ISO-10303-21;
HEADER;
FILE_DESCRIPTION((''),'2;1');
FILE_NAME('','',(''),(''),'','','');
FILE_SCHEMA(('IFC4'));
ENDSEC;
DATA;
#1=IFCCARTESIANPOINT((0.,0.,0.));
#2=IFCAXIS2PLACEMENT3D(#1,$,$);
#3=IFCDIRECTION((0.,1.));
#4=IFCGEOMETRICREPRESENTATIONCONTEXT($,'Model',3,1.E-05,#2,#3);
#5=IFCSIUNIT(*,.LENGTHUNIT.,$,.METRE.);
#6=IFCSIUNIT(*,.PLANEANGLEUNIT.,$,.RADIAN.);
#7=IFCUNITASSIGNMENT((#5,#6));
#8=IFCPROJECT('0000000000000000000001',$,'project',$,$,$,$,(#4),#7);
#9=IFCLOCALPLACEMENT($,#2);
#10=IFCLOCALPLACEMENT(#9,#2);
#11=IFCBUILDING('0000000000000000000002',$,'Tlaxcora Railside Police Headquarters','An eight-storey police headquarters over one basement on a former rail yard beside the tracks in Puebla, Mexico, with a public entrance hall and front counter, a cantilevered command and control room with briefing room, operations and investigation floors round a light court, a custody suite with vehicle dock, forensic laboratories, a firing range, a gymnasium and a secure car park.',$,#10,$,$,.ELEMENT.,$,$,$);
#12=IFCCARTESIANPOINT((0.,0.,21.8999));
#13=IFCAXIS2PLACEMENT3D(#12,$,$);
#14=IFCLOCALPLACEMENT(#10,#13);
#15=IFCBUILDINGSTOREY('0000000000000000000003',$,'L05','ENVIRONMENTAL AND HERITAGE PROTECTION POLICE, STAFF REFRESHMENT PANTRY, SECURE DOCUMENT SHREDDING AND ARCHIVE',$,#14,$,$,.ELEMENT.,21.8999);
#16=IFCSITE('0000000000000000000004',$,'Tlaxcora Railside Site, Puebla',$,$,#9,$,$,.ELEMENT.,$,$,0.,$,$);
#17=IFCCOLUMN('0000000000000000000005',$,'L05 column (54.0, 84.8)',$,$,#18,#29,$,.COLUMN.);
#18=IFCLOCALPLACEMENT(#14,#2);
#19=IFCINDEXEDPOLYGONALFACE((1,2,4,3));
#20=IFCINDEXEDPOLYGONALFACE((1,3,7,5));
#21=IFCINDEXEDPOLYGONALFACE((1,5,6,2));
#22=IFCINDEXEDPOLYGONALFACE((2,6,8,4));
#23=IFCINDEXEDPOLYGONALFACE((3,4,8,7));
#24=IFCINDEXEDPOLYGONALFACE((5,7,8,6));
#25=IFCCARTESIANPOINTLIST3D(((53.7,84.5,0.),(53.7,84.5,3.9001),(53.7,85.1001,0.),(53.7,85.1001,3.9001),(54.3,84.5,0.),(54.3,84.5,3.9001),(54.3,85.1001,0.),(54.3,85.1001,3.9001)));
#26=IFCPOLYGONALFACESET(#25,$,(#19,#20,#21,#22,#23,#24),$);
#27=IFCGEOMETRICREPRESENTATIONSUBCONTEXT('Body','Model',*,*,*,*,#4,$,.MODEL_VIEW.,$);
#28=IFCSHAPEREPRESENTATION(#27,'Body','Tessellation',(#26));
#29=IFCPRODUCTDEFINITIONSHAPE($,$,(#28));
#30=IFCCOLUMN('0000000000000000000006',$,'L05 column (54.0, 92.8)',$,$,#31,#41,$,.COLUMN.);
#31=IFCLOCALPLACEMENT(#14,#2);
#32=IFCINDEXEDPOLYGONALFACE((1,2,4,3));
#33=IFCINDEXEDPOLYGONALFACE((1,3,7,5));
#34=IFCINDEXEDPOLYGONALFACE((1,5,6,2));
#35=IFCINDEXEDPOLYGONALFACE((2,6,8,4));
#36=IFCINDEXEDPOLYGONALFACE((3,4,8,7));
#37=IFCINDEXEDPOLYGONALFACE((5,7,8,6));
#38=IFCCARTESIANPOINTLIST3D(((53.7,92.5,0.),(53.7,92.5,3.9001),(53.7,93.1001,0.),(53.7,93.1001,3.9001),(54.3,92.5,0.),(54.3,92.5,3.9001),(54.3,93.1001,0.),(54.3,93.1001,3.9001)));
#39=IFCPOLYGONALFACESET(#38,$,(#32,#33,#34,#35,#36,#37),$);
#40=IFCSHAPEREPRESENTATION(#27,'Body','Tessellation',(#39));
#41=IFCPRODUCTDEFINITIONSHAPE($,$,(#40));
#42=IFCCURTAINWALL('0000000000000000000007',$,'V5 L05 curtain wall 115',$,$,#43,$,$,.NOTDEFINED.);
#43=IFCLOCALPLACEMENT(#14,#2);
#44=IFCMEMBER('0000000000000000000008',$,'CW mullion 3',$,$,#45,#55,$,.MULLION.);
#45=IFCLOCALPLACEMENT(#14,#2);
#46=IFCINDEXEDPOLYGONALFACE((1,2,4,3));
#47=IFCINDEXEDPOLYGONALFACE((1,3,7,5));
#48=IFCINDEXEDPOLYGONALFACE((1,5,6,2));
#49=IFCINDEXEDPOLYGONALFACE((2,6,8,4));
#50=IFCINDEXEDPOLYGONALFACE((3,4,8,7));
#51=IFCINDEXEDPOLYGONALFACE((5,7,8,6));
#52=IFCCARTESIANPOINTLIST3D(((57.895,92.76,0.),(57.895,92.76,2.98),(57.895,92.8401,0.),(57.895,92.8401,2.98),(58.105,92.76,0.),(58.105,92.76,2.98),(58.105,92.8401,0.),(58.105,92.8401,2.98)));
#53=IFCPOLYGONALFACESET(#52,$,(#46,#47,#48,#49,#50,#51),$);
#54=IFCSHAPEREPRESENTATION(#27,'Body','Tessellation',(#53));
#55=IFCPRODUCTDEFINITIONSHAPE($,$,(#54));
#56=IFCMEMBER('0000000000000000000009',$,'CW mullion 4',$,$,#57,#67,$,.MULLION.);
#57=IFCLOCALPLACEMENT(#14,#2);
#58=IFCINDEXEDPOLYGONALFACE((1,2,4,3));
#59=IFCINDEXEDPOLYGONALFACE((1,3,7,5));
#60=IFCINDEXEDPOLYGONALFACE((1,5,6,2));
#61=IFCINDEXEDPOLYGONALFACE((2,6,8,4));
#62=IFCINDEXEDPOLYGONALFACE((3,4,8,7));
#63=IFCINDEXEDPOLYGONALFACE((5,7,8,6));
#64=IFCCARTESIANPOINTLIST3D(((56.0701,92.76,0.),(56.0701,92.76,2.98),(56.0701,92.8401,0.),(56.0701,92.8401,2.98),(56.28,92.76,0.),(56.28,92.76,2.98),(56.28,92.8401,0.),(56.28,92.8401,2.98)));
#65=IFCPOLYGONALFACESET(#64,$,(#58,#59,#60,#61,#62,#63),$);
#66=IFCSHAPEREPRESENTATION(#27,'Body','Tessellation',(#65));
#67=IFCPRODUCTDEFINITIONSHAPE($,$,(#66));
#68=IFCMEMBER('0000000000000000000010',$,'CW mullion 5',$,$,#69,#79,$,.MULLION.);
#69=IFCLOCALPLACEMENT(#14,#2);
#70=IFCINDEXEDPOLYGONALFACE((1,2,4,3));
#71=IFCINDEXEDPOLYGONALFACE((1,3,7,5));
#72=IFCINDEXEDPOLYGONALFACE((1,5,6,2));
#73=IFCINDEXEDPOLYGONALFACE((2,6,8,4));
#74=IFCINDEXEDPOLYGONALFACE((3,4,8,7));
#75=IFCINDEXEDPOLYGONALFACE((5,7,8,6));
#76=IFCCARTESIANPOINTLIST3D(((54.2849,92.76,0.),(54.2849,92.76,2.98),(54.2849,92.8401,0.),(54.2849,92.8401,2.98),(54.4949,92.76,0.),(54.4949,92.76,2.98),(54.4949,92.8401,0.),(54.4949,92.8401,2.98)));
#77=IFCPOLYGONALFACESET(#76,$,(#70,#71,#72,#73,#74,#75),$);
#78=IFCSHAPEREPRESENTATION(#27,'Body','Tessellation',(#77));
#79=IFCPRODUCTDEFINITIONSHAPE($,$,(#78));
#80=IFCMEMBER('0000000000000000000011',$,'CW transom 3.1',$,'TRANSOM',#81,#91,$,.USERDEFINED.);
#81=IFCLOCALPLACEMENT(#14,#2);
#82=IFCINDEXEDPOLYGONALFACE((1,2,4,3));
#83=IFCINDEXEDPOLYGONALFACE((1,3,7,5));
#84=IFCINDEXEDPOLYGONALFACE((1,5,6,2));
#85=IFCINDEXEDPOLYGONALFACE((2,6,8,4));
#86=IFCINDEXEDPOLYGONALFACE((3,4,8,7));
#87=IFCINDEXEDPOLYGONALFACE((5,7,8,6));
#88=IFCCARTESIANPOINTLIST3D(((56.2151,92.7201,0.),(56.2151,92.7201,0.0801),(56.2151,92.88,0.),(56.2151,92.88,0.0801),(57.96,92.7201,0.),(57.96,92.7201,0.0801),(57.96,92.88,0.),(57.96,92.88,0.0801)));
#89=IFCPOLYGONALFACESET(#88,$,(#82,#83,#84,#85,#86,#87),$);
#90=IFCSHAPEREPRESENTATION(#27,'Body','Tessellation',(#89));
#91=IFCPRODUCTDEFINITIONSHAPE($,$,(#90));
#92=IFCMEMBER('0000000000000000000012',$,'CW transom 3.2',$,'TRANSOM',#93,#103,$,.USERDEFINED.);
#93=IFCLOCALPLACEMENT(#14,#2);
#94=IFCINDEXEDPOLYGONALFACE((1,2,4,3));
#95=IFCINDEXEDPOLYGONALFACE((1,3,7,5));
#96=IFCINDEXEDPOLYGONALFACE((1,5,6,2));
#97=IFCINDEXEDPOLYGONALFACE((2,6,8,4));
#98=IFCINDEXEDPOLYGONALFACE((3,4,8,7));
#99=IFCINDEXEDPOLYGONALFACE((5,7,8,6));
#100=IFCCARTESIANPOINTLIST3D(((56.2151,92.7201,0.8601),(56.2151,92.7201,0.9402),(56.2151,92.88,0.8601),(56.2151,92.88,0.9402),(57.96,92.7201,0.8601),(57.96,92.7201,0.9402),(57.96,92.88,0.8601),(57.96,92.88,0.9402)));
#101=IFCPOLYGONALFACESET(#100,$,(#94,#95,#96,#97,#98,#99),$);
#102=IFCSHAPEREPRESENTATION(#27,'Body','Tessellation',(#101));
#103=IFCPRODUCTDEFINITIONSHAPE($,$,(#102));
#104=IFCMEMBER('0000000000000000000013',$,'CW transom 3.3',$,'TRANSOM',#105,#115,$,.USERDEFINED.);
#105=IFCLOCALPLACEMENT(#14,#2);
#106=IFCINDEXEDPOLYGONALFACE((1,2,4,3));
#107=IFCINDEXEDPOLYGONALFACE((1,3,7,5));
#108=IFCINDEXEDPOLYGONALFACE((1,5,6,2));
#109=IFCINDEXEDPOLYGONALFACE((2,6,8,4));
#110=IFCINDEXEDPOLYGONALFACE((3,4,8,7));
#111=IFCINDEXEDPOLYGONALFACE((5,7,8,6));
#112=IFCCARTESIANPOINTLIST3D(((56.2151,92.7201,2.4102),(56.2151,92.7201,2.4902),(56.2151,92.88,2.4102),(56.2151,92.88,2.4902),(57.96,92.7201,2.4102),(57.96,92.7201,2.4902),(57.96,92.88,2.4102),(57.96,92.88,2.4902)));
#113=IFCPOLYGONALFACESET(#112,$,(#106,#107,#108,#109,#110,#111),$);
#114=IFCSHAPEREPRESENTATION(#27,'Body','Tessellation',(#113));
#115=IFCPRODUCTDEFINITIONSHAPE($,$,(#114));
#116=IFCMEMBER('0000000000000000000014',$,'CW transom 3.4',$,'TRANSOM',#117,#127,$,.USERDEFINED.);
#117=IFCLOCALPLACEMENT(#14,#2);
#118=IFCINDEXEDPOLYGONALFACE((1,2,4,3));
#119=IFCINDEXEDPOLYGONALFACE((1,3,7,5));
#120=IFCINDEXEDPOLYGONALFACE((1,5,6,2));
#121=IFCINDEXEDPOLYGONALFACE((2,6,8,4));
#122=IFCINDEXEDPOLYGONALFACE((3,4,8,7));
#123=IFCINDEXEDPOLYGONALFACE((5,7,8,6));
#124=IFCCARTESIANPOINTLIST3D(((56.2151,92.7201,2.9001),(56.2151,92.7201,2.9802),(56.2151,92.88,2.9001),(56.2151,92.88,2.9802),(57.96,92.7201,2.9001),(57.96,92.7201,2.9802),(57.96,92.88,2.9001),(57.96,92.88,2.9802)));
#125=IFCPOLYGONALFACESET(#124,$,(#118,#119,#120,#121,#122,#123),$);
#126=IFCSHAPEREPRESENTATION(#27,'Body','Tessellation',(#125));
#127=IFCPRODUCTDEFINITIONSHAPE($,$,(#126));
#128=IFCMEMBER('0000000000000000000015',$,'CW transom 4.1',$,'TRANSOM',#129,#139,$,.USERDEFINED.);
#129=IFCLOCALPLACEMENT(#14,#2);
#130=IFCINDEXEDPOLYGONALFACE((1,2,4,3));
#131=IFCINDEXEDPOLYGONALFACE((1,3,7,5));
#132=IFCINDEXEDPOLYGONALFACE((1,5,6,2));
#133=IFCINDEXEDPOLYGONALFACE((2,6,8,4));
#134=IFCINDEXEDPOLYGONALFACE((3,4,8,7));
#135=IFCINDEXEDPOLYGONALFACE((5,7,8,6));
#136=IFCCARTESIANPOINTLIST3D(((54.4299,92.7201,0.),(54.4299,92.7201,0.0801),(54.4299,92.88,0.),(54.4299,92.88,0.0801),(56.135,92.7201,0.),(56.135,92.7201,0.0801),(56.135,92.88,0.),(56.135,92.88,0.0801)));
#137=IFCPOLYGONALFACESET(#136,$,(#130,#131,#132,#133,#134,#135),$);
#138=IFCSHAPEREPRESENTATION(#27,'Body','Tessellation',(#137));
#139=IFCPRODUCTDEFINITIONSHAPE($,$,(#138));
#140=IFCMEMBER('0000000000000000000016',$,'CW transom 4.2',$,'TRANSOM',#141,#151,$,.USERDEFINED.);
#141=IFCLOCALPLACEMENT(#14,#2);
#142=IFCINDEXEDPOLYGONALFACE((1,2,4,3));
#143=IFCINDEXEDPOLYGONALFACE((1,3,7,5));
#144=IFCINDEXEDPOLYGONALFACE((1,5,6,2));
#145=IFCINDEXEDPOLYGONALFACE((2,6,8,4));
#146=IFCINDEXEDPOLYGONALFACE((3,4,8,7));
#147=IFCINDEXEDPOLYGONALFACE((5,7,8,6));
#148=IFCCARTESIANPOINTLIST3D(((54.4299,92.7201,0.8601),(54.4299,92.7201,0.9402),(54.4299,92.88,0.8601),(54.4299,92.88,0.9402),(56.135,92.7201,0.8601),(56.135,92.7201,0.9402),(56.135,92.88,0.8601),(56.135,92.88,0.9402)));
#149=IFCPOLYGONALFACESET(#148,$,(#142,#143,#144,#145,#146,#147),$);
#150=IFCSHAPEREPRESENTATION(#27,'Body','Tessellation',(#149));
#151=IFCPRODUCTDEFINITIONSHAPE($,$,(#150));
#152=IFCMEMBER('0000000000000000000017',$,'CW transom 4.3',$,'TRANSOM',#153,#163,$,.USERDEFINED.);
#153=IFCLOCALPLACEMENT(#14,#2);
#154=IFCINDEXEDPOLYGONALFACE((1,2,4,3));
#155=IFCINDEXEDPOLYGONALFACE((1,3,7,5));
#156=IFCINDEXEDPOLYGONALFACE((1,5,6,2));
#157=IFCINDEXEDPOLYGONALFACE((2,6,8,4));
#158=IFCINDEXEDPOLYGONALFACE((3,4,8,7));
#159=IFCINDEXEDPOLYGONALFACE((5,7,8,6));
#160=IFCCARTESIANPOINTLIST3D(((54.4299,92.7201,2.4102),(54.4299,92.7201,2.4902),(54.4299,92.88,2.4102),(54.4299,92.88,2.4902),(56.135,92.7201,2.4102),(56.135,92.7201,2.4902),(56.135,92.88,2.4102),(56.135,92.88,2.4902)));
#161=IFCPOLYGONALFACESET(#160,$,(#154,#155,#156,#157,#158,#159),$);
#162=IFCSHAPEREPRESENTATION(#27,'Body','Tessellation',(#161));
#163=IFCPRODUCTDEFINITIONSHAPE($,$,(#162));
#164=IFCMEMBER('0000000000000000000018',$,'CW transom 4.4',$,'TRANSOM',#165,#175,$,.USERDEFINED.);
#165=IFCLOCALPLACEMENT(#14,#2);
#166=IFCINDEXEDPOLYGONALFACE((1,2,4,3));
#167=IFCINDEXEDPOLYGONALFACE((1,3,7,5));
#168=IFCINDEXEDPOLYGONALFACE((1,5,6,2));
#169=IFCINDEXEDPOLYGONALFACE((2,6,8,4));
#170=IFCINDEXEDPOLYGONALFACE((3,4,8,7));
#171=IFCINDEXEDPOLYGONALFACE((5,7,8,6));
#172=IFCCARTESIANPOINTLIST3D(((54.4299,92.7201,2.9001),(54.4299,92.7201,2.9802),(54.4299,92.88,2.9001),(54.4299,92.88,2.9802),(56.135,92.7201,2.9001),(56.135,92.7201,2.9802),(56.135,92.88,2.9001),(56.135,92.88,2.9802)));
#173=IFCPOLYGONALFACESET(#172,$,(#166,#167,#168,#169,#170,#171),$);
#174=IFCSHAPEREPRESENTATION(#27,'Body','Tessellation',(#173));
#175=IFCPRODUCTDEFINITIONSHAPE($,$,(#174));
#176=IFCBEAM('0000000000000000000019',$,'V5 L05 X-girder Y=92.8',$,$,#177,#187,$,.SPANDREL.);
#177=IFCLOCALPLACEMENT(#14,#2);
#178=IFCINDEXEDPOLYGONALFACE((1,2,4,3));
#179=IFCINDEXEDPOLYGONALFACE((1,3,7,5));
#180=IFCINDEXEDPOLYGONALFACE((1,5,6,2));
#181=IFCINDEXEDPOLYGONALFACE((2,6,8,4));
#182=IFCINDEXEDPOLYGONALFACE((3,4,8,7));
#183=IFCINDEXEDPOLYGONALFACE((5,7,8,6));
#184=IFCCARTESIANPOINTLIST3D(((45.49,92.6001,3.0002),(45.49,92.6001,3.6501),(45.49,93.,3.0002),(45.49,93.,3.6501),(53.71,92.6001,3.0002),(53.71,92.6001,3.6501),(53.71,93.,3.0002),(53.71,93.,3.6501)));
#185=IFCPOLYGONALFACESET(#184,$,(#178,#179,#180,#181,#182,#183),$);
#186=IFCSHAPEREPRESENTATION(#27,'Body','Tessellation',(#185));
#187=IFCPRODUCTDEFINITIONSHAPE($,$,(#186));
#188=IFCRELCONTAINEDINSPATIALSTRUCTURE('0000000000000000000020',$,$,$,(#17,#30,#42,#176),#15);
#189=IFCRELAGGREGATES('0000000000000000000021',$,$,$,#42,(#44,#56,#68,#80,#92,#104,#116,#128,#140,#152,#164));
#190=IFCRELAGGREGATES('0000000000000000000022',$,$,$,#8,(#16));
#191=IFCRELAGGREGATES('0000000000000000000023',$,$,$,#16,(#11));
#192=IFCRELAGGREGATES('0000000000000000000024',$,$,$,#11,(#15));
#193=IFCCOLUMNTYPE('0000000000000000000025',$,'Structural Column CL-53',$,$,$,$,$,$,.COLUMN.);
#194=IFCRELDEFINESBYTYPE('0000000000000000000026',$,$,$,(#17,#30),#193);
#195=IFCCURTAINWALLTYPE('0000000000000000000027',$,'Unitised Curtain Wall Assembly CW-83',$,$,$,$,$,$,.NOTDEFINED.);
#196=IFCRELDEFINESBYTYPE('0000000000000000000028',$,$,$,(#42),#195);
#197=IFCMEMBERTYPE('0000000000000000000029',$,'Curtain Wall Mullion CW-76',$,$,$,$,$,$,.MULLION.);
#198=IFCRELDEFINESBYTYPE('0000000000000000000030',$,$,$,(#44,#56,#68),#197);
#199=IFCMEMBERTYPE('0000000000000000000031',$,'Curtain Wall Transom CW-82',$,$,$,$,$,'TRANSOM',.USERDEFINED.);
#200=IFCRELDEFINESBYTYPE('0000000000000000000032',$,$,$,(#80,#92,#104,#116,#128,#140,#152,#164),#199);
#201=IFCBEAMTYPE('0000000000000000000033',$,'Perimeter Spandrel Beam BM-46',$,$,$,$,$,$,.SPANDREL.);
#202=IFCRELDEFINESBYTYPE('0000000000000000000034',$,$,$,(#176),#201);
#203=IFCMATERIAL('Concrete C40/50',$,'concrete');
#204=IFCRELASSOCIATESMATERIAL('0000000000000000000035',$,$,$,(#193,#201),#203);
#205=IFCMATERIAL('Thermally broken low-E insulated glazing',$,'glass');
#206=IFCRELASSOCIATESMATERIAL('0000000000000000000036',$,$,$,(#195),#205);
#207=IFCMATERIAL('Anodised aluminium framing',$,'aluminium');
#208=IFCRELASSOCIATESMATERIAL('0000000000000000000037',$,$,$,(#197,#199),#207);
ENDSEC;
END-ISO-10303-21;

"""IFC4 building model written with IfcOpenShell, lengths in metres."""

from ifc_helpers import new_model, si_unit, direction, frame, origin, origin_2d, place, context, subcontext, project, spatial, rectangle, extrude, material, material_profile, profile_set, type_object, element, aggregate, save


model = new_model("IFC4")

# Units and contexts
model_context = context("Model", 3, precision=1e-05, world=origin(), true_north=direction((0.0, 1.0)))
body_context = subcontext(model_context, "Body", "Model", "MODEL_VIEW")
ifc_project = project(units=[si_unit("LENGTHUNIT", "METRE"), si_unit("PLANEANGLEUNIT", "RADIAN")], contexts=[model_context])

# Site, building, storey
site_placement = place(None, origin())
site = spatial("IfcSite", under=ifc_project, at=site_placement, Name="Tlaxcora Railside Site, Puebla", CompositionType="ELEMENT", RefElevation=0.0)
building_placement = place(site_placement, origin())
building = spatial("IfcBuilding", under=site, at=building_placement, Name="Tlaxcora Railside Police Headquarters", Description="An eight-storey police headquarters over one basement on a former rail yard beside the tracks in Puebla, Mexico, with a public entrance hall and front counter, a cantilevered command and control room with briefing room, operations and investigation floors round a light court, a custody suite with vehicle dock, forensic laboratories, a firing range, a gymnasium and a secure car park.", CompositionType="ELEMENT")
storey_placement = place(building_placement, frame((0.0, 0.0, 21.8999)))
storey = spatial("IfcBuildingStorey", under=building, at=storey_placement, Name="L05", Description="ENVIRONMENTAL AND HERITAGE PROTECTION POLICE, STAFF REFRESHMENT PANTRY, SECURE DOCUMENT SHREDDING AND ARCHIVE", CompositionType="ELEMENT", Elevation=21.8999)

# Columns
ifc_material_1 = material(Name="Concrete C40/50", Category="concrete")
ifc_material_profile_1 = material_profile(ifc_material_1, rectangle(XDim=0.6001, YDim=0.6001, at=origin_2d()), Name="RC600X600")
ifc_profile_set_1 = profile_set([ifc_material_profile_1], Name="Concrete C40/50")
column_type = type_object("IfcColumnType", Name="Structural Column CL-53", PredefinedType="COLUMN", material=ifc_profile_set_1)
for number, where, z_axis, x_axis, name in (
    (1, (54.0, 84.8, 0.0), (0.0, 0.0, 1.0), (1.0, 0.0, 0.0), "L05 column (54.0, 84.8)"),
    (2, (54.0, 92.8, 0.0), (0.0, 0.0, 1.0), (1.0, 0.0, 0.0), "L05 column (54.0, 92.8)"),
):
    element("IfcColumn", number, at=place(storey_placement, frame(where, z_axis=z_axis, x_axis=x_axis)), inside=storey, type_object=column_type, Name=name, PredefinedType="COLUMN", context=body_context, shape_type="SweptSolid", body=[
        extrude(rectangle(XDim=0.6001, YDim=0.6001, at=origin_2d()), origin(), (0.0, 0.0, 1.0), 3.9001),
    ])

# Curtain wall, members
ifc_material_2 = material(Name="Thermally broken low-E insulated glazing", Category="glass")
curtain_wall_type = type_object("IfcCurtainWallType", Name="Unitised Curtain Wall Assembly CW-83", PredefinedType="NOTDEFINED", material=ifc_material_2)
curtain_wall_placement = place(storey_placement, origin())
curtain_wall = element("IfcCurtainWall", 3, at=curtain_wall_placement, inside=storey, type_object=curtain_wall_type, Name="V5 L05 curtain wall 115", PredefinedType="NOTDEFINED")
ifc_material_3 = material(Name="Anodised aluminium framing", Category="aluminium")
ifc_material_profile_2 = material_profile(ifc_material_3, rectangle(XDim=0.0801, YDim=0.21, at=origin_2d()), Name="AL80X210")
ifc_profile_set_2 = profile_set([ifc_material_profile_2], Name="Anodised aluminium framing")
member_type_1 = type_object("IfcMemberType", Name="Curtain Wall Mullion CW-76", PredefinedType="MULLION", material=ifc_profile_set_2)
member_1_placement = place(storey_placement, frame((58.0, 92.8, 0.0), z_axis=(0.0, 0.0, 1.0), x_axis=(0.0, -1.0, 0.0)))
member_1 = element("IfcMember", 4, at=member_1_placement, type_object=member_type_1, Name="CW mullion 3", PredefinedType="MULLION", context=body_context, shape_type="SweptSolid", body=[
    extrude(rectangle(XDim=0.0801, YDim=0.21, at=origin_2d()), origin(), (0.0, 0.0, 1.0), 2.98),
])
member_2_placement = place(storey_placement, frame((56.175, 92.8, 0.0), z_axis=(0.0, 0.0, 1.0), x_axis=(0.0, -1.0, 0.0)))
member_2 = element("IfcMember", 5, at=member_2_placement, type_object=member_type_1, Name="CW mullion 4", PredefinedType="MULLION", context=body_context, shape_type="SweptSolid", body=[
    extrude(rectangle(XDim=0.0801, YDim=0.21, at=origin_2d()), origin(), (0.0, 0.0, 1.0), 2.98),
])
member_3_placement = place(storey_placement, frame((54.3899, 92.8, 0.0), z_axis=(0.0, 0.0, 1.0), x_axis=(0.0, -1.0, 0.0)))
member_3 = element("IfcMember", 6, at=member_3_placement, type_object=member_type_1, Name="CW mullion 5", PredefinedType="MULLION", context=body_context, shape_type="SweptSolid", body=[
    extrude(rectangle(XDim=0.0801, YDim=0.21, at=origin_2d()), origin(), (0.0, 0.0, 1.0), 2.98),
])
ifc_material_profile_3 = material_profile(ifc_material_3, rectangle(XDim=0.1599, YDim=0.0801, at=origin_2d()), Name="AL80X160")
ifc_profile_set_3 = profile_set([ifc_material_profile_3], Name="Anodised aluminium framing")
member_type_2 = type_object("IfcMemberType", Name="Curtain Wall Transom CW-82", ElementType="TRANSOM", PredefinedType="USERDEFINED", material=ifc_profile_set_3)
member_4_placement = place(storey_placement, frame((57.96, 92.8, 0.04), z_axis=(-1.0, 0.0, 0.0), x_axis=(0.0, -1.0, 0.0)))
member_4 = element("IfcMember", 7, at=member_4_placement, type_object=member_type_2, Name="CW transom 3.1", ObjectType="TRANSOM", PredefinedType="USERDEFINED", context=body_context, shape_type="SweptSolid", body=[
    extrude(rectangle(XDim=0.1599, YDim=0.0801, at=origin_2d()), origin(), (0.0, 0.0, 1.0), 1.7449),
])
member_5_placement = place(storey_placement, frame((57.96, 92.8, 0.9001), z_axis=(-1.0, 0.0, 0.0), x_axis=(0.0, -1.0, 0.0)))
member_5 = element("IfcMember", 8, at=member_5_placement, type_object=member_type_2, Name="CW transom 3.2", ObjectType="TRANSOM", PredefinedType="USERDEFINED", context=body_context, shape_type="SweptSolid", body=[
    extrude(rectangle(XDim=0.1599, YDim=0.0801, at=origin_2d()), origin(), (0.0, 0.0, 1.0), 1.7449),
])
member_6_placement = place(storey_placement, frame((57.96, 92.8, 2.4502), z_axis=(-1.0, 0.0, 0.0), x_axis=(0.0, -1.0, 0.0)))
member_6 = element("IfcMember", 9, at=member_6_placement, type_object=member_type_2, Name="CW transom 3.3", ObjectType="TRANSOM", PredefinedType="USERDEFINED", context=body_context, shape_type="SweptSolid", body=[
    extrude(rectangle(XDim=0.1599, YDim=0.0801, at=origin_2d()), origin(), (0.0, 0.0, 1.0), 1.7449),
])
member_7_placement = place(storey_placement, frame((57.96, 92.8, 2.9402), z_axis=(-1.0, 0.0, 0.0), x_axis=(0.0, -1.0, 0.0)))
member_7 = element("IfcMember", 10, at=member_7_placement, type_object=member_type_2, Name="CW transom 3.4", ObjectType="TRANSOM", PredefinedType="USERDEFINED", context=body_context, shape_type="SweptSolid", body=[
    extrude(rectangle(XDim=0.1599, YDim=0.0801, at=origin_2d()), origin(), (0.0, 0.0, 1.0), 1.7449),
])
member_8_placement = place(storey_placement, frame((56.135, 92.8, 0.04), z_axis=(-1.0, 0.0, 0.0), x_axis=(0.0, -1.0, 0.0)))
member_8 = element("IfcMember", 11, at=member_8_placement, type_object=member_type_2, Name="CW transom 4.1", ObjectType="TRANSOM", PredefinedType="USERDEFINED", context=body_context, shape_type="SweptSolid", body=[
    extrude(rectangle(XDim=0.1599, YDim=0.0801, at=origin_2d()), origin(), (0.0, 0.0, 1.0), 1.7051),
])
member_9_placement = place(storey_placement, frame((56.135, 92.8, 0.9001), z_axis=(-1.0, 0.0, 0.0), x_axis=(0.0, -1.0, 0.0)))
member_9 = element("IfcMember", 12, at=member_9_placement, type_object=member_type_2, Name="CW transom 4.2", ObjectType="TRANSOM", PredefinedType="USERDEFINED", context=body_context, shape_type="SweptSolid", body=[
    extrude(rectangle(XDim=0.1599, YDim=0.0801, at=origin_2d()), origin(), (0.0, 0.0, 1.0), 1.7051),
])
member_10_placement = place(storey_placement, frame((56.135, 92.8, 2.4502), z_axis=(-1.0, 0.0, 0.0), x_axis=(0.0, -1.0, 0.0)))
member_10 = element("IfcMember", 13, at=member_10_placement, type_object=member_type_2, Name="CW transom 4.3", ObjectType="TRANSOM", PredefinedType="USERDEFINED", context=body_context, shape_type="SweptSolid", body=[
    extrude(rectangle(XDim=0.1599, YDim=0.0801, at=origin_2d()), origin(), (0.0, 0.0, 1.0), 1.7051),
])
member_11_placement = place(storey_placement, frame((56.135, 92.8, 2.9402), z_axis=(-1.0, 0.0, 0.0), x_axis=(0.0, -1.0, 0.0)))
member_11 = element("IfcMember", 14, at=member_11_placement, type_object=member_type_2, Name="CW transom 4.4", ObjectType="TRANSOM", PredefinedType="USERDEFINED", context=body_context, shape_type="SweptSolid", body=[
    extrude(rectangle(XDim=0.1599, YDim=0.0801, at=origin_2d()), origin(), (0.0, 0.0, 1.0), 1.7051),
])

# Beam
ifc_material_profile_4 = material_profile(ifc_material_1, rectangle(XDim=0.3999, YDim=0.6499, at=origin_2d()), Name="RC400X650")
ifc_profile_set_4 = profile_set([ifc_material_profile_4], Name="Concrete C40/50")
beam_type_1 = type_object("IfcBeamType", Name="Perimeter Spandrel Beam BM-46", PredefinedType="SPANDREL", material=ifc_profile_set_4)
beam_1_placement = place(storey_placement, frame((45.49, 92.8, 3.3252), z_axis=(1.0, 0.0, 0.0), x_axis=(0.0, 1.0, 0.0)))
element("IfcBeam", 15, at=beam_1_placement, inside=storey, type_object=beam_type_1, Name="V5 L05 X-girder Y=92.8", PredefinedType="SPANDREL", context=body_context, shape_type="SweptSolid", body=[
    extrude(rectangle(XDim=0.3999, YDim=0.6499, at=origin_2d()), origin(), (0.0, 0.0, 1.0), 8.22),
])

aggregate(curtain_wall, [member_1, member_2, member_3, member_4, member_5, member_6, member_7, member_8, member_9, member_10, member_11])

save(model, "model.ifc")
